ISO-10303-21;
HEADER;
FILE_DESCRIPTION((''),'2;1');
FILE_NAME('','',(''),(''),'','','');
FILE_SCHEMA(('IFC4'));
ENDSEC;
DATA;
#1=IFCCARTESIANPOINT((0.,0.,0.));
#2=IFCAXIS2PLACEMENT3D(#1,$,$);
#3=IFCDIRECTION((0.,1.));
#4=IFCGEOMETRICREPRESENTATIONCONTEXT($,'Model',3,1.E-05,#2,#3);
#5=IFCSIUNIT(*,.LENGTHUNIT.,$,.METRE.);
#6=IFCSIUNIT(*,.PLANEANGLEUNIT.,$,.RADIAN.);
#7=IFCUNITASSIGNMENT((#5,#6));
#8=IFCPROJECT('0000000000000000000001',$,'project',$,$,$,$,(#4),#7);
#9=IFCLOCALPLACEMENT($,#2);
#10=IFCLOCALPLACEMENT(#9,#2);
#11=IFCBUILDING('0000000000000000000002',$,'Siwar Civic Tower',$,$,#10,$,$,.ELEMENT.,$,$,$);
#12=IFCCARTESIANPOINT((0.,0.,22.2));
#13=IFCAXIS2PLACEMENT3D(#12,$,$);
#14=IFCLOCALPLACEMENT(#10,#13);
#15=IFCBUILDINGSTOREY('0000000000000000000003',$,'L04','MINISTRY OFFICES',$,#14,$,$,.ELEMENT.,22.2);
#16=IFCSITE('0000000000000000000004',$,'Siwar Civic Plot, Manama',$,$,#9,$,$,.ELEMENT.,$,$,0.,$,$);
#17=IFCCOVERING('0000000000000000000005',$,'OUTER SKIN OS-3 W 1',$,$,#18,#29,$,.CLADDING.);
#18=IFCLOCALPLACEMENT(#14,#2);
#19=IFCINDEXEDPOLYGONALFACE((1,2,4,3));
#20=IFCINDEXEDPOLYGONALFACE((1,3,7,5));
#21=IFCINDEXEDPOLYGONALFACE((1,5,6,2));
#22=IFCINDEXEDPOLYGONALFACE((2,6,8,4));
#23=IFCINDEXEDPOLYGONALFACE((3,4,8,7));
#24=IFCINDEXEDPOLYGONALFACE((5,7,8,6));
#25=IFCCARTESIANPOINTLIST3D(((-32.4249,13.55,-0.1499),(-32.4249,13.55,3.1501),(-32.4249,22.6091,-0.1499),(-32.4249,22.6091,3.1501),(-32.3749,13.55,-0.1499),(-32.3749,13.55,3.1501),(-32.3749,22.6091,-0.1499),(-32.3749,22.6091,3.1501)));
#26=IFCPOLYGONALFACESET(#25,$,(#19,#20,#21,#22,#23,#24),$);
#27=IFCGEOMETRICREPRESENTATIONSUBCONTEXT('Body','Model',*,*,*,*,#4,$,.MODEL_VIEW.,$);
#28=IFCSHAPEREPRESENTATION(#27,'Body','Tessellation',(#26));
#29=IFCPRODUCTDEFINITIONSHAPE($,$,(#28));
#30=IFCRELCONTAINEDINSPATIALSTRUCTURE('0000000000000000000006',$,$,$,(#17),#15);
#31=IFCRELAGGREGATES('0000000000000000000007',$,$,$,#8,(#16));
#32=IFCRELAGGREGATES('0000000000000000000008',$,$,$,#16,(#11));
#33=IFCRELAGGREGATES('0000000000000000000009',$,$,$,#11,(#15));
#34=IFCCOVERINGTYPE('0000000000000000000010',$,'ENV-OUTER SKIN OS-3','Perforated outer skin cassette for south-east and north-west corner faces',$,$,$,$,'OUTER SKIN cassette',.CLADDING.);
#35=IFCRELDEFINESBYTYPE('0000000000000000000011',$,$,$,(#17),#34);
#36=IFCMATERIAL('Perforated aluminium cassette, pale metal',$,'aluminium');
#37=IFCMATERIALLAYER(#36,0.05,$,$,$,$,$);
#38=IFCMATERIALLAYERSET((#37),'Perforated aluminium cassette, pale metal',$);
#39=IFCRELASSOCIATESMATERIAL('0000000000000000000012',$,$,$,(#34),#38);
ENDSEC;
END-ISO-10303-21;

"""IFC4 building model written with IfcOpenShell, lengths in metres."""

from ifc_helpers import new_model, si_unit, direction, frame, origin, origin_2d, place, context, subcontext, project, spatial, rectangle, extrude, material, layer, layer_set, type_object, element, save


model = new_model("IFC4")

# Units and contexts
model_context = context("Model", 3, precision=1e-05, world=origin(), true_north=direction((0.0, 1.0)))
body_context = subcontext(model_context, "Body", "Model", "MODEL_VIEW")
ifc_project = project(units=[si_unit("LENGTHUNIT", "METRE"), si_unit("PLANEANGLEUNIT", "RADIAN")], contexts=[model_context])

# Site, building, storey
site_placement = place(None, origin())
site = spatial("IfcSite", under=ifc_project, at=site_placement, Name="Siwar Civic Plot, Manama", CompositionType="ELEMENT", RefElevation=0.0)
building_placement = place(site_placement, origin())
building = spatial("IfcBuilding", under=site, at=building_placement, Name="Siwar Civic Tower", CompositionType="ELEMENT")
storey_placement = place(building_placement, frame((0.0, 0.0, 22.2)))
storey = spatial("IfcBuildingStorey", under=building, at=storey_placement, Name="L04", Description="MINISTRY OFFICES", CompositionType="ELEMENT", Elevation=22.2)

# Covering
ifc_material_1 = material(Name="Perforated aluminium cassette, pale metal", Category="aluminium")
ifc_layer_1 = layer(ifc_material_1, 0.05)
ifc_layer_set_1 = layer_set([ifc_layer_1], Name="Perforated aluminium cassette, pale metal")
covering_type = type_object("IfcCoveringType", Name="ENV-OUTER SKIN OS-3", Description="Perforated outer skin cassette for south-east and north-west corner faces", ElementType="OUTER SKIN cassette", PredefinedType="CLADDING", material=ifc_layer_set_1)
covering_placement = place(storey_placement, frame((-32.3999, 18.0796, -0.1499), z_axis=(0.0, 0.0, 1.0), x_axis=(0.0, -1.0, 0.0)))
element("IfcCovering", 1, at=covering_placement, inside=storey, type_object=covering_type, Name="OUTER SKIN OS-3 W 1", PredefinedType="CLADDING", context=body_context, shape_type="SweptSolid", body=[
    extrude(rectangle(XDim=9.0591, YDim=0.05, at=origin_2d()), origin(), (0.0, 0.0, 1.0), 3.3),
])

save(model, "model.ifc")
